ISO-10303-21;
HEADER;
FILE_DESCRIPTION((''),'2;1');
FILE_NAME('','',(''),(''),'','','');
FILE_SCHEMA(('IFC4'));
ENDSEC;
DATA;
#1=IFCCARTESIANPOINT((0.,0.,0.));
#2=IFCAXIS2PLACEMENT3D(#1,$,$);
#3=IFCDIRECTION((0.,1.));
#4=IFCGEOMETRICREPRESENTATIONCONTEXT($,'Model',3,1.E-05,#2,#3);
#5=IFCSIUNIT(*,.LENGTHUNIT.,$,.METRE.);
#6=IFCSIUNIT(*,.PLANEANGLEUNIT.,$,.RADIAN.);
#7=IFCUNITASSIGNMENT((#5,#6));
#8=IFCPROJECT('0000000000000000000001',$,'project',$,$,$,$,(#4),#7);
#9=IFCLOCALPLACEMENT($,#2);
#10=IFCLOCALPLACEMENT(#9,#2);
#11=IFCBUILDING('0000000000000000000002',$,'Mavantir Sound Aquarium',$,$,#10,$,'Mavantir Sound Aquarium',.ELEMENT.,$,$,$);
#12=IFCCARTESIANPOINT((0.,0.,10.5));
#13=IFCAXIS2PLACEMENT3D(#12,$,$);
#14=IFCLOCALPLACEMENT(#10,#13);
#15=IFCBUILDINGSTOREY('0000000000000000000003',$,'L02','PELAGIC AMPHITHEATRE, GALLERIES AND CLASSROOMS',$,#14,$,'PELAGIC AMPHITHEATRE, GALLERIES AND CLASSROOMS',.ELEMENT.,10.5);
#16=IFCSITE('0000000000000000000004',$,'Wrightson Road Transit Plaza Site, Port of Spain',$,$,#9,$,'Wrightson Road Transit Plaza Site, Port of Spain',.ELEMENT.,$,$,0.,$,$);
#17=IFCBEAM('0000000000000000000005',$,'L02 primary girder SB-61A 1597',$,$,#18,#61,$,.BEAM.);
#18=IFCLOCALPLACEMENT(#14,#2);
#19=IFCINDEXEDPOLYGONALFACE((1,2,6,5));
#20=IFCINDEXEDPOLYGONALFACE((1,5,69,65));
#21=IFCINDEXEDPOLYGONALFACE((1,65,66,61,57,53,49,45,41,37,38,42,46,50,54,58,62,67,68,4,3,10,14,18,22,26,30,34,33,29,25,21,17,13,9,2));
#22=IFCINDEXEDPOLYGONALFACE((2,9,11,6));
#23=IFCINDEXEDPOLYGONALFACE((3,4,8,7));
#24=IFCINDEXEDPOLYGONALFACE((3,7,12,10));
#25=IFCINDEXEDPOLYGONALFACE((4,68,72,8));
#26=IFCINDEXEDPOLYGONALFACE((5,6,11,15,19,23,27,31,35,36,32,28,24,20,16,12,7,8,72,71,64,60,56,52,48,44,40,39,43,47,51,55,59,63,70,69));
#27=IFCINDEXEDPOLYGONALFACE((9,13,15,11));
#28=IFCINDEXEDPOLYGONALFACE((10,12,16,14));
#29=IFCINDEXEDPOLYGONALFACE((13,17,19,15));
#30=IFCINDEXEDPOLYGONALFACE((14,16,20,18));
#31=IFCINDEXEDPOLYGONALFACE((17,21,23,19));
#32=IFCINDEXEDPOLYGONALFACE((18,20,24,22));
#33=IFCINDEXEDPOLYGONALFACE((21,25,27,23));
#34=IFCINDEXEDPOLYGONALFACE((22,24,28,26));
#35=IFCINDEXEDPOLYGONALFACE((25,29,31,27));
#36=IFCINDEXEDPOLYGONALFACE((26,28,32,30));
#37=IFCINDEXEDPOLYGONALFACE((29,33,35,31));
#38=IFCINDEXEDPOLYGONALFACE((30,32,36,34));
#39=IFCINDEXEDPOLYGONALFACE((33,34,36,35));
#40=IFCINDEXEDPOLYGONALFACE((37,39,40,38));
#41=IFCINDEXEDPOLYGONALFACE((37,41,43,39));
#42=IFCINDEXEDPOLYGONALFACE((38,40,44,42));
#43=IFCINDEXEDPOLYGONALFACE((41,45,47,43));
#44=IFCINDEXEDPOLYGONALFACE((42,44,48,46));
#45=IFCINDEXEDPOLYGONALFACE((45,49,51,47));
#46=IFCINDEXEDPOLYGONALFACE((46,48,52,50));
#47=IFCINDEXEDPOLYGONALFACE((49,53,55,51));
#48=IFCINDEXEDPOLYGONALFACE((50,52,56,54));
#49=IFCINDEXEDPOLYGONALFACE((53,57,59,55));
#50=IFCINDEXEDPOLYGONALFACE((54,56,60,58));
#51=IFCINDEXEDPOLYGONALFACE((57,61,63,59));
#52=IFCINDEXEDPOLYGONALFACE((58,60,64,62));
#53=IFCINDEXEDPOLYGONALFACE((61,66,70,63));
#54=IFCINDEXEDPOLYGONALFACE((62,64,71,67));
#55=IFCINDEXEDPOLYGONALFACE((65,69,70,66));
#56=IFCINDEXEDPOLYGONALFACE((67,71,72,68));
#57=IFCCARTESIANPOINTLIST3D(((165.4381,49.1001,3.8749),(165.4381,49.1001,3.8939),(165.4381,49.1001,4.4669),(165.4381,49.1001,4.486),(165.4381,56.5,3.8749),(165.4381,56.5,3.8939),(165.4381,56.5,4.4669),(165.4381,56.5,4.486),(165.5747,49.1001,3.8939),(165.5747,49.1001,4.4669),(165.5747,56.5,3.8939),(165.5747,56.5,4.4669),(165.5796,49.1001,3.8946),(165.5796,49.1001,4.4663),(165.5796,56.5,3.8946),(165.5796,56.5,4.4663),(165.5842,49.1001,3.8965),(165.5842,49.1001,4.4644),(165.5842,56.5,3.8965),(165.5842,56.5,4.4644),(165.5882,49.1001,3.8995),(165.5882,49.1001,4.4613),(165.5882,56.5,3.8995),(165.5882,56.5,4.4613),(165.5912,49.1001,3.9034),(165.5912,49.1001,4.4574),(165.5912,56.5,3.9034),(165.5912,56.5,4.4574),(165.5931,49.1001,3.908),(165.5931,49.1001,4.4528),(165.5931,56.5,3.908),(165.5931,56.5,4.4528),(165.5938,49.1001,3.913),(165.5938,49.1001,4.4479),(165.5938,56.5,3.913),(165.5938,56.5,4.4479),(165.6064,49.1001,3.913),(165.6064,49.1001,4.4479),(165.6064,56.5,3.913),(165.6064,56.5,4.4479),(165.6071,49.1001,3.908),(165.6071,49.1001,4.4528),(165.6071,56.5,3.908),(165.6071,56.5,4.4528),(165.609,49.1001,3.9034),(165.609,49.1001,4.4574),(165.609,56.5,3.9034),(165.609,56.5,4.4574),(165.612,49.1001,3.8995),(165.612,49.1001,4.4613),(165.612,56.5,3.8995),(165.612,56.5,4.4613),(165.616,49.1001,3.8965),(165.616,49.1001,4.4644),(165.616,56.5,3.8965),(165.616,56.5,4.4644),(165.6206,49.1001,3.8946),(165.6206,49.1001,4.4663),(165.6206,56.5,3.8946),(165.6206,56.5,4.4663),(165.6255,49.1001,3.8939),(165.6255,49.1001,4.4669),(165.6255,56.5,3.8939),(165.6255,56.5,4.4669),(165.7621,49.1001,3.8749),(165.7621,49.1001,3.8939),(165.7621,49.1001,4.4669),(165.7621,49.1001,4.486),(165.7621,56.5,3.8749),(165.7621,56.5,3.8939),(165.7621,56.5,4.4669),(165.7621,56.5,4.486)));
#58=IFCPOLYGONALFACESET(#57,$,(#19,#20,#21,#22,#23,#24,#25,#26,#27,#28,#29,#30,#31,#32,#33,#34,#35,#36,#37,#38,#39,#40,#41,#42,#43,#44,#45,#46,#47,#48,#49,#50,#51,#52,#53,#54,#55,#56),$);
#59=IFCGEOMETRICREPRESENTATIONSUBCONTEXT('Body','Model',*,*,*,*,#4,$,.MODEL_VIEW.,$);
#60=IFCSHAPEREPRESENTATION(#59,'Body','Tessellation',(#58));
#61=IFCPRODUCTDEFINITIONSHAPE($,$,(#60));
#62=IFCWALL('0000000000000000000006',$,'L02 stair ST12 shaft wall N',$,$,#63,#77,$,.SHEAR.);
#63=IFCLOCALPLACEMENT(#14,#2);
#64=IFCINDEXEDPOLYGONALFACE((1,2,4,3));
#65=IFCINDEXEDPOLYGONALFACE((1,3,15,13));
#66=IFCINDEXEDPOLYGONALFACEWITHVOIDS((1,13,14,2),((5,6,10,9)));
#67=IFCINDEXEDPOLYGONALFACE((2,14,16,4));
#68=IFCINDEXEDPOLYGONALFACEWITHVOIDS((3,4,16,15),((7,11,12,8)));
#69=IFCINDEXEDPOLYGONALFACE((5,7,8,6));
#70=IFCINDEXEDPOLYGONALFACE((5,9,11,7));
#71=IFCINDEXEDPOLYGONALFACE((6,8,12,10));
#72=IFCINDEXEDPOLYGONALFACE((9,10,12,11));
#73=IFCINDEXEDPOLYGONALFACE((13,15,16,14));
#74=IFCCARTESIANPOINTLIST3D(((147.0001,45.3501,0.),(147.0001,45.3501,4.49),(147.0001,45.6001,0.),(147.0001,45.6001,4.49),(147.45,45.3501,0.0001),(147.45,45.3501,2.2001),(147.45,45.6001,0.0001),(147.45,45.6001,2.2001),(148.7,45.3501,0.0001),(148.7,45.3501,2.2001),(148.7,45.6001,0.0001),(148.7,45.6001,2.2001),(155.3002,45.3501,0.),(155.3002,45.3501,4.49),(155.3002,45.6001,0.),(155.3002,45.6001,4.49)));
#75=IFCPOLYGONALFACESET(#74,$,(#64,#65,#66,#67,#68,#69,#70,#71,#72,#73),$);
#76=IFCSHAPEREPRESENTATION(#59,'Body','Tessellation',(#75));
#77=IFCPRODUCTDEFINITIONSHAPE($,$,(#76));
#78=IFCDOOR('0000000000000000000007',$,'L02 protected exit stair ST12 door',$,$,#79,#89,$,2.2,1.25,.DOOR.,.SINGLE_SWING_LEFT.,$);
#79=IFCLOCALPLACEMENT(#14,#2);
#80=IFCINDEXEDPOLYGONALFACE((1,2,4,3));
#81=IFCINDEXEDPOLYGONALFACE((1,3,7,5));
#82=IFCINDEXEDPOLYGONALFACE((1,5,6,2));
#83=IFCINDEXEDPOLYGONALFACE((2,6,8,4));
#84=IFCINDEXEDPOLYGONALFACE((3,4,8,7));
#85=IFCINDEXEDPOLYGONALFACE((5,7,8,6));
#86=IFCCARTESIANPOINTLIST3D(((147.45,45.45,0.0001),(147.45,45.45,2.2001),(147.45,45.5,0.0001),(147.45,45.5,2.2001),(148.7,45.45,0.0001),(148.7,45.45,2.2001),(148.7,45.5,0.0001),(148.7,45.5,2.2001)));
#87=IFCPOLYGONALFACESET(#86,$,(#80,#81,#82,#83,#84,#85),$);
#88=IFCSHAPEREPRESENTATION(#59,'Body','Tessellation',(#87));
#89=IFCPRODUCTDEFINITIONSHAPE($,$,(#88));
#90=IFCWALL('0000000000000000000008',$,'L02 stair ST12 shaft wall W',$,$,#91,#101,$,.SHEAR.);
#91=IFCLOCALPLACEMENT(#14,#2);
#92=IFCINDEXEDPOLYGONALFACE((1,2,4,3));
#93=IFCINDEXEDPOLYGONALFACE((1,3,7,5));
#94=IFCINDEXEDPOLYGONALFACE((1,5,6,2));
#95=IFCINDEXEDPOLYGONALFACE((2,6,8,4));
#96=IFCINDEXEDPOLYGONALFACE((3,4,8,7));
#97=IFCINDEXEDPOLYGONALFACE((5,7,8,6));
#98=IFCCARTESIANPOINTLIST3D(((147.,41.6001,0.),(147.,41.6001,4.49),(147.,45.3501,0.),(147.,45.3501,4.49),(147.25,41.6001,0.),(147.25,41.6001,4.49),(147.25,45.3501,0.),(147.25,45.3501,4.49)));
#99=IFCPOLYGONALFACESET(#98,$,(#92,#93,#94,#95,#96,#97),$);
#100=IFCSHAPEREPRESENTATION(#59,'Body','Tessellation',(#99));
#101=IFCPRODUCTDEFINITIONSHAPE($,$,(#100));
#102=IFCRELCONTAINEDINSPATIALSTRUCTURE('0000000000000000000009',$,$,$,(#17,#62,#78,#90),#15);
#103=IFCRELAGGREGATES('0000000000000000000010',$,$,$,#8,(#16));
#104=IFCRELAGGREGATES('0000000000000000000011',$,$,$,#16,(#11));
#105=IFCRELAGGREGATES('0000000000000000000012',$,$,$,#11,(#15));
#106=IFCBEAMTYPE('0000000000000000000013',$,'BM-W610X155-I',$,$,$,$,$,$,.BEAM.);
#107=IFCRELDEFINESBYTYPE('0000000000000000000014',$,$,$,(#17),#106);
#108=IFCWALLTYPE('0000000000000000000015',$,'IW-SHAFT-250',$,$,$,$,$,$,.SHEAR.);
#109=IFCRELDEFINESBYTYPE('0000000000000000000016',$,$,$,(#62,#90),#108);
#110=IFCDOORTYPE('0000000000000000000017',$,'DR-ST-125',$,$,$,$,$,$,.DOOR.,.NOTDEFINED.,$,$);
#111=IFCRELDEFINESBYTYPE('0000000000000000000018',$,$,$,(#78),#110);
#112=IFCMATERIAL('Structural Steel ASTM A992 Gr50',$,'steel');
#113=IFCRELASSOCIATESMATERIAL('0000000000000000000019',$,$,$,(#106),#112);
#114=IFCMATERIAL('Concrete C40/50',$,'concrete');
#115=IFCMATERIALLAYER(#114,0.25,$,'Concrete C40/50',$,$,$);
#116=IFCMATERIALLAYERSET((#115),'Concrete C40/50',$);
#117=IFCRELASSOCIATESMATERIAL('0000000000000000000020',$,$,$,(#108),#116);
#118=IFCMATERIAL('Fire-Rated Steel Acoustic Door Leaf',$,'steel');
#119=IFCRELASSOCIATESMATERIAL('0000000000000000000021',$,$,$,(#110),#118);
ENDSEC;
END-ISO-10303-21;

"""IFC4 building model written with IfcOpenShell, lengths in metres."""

from ifc_helpers import new_model, si_unit, direction, frame, frame_2d, origin, origin_2d, place, context, subcontext, project, spatial, rectangle, i_section, extrude, material, layer, layer_set, material_profile, profile_set, type_object, element, fill, save


model = new_model("IFC4")

# Units and contexts
model_context = context("Model", 3, precision=1e-05, world=origin(), true_north=direction((0.0, 1.0)))
body_context = subcontext(model_context, "Body", "Model", "MODEL_VIEW")
ifc_project = project(units=[si_unit("LENGTHUNIT", "METRE"), si_unit("PLANEANGLEUNIT", "RADIAN")], contexts=[model_context])

# Site, building, storey
site_placement = place(None, origin())
site = spatial("IfcSite", under=ifc_project, at=site_placement, Name="Wrightson Road Transit Plaza Site, Port of Spain", LongName="Wrightson Road Transit Plaza Site, Port of Spain", CompositionType="ELEMENT", RefElevation=0.0)
building_placement = place(site_placement, origin())
building = spatial("IfcBuilding", under=site, at=building_placement, Name="Mavantir Sound Aquarium", LongName="Mavantir Sound Aquarium", CompositionType="ELEMENT")
storey_placement = place(building_placement, frame((0.0, 0.0, 10.5)))
storey = spatial("IfcBuildingStorey", under=building, at=storey_placement, Name="L02", Description="PELAGIC AMPHITHEATRE, GALLERIES AND CLASSROOMS", LongName="PELAGIC AMPHITHEATRE, GALLERIES AND CLASSROOMS", CompositionType="ELEMENT", Elevation=10.5)

# Shared definitions
ifc_material_1 = material(Name="Concrete C40/50", Category="concrete")

# Beam
ifc_material_2 = material(Name="Structural Steel ASTM A992 Gr50", Category="steel")
ifc_material_profile_1 = material_profile(ifc_material_2, i_section(OverallWidth=0.324, OverallDepth=0.6111, WebThickness=0.0127, FlangeThickness=0.019, FilletRadius=0.019, at=origin_2d()), Name="W610X155")
ifc_profile_set_1 = profile_set([ifc_material_profile_1], Name="Structural Steel ASTM A992 Gr50")
beam_type_1 = type_object("IfcBeamType", Name="BM-W610X155-I", PredefinedType="BEAM", material=ifc_profile_set_1)
beam_1_placement = place(storey_placement, frame((165.6001, 49.1001, 4.1804), z_axis=(0.0, 1.0, 0.0), x_axis=(-1.0, 0.0, 0.0)))
element("IfcBeam", 1, at=beam_1_placement, inside=storey, type_object=beam_type_1, Name="L02 primary girder SB-61A 1597", PredefinedType="BEAM", context=body_context, shape_type="SweptSolid", body=[
    extrude(i_section(OverallWidth=0.324, OverallDepth=0.6111, WebThickness=0.0127, FlangeThickness=0.019, FilletRadius=0.019, at=origin_2d()), origin(), (0.0, 0.0, 1.0), 7.3999),
])

# Wall, opening, door
ifc_layer = layer(ifc_material_1, 0.25, Name="Concrete C40/50")
ifc_layer_set = layer_set([ifc_layer], Name="Concrete C40/50")
wall_type = type_object("IfcWallType", Name="IW-SHAFT-250", PredefinedType="SHEAR", material=ifc_layer_set)
wall_1_placement = place(storey_placement, frame((155.3, 45.4751, 0.0), z_axis=(0.0, 0.0, 1.0), x_axis=(-1.0, 0.0, 0.0)))
wall_1 = element("IfcWall", 2, at=wall_1_placement, inside=storey, type_object=wall_type, Name="L02 stair ST12 shaft wall N", PredefinedType="SHEAR", context=body_context, shape_type="SweptSolid", body=[
    extrude(rectangle(XDim=8.3, YDim=0.25, at=frame_2d((4.1499, 0.0))), origin(), (0.0, 0.0, 1.0), 4.49),
])
opening_placement = place(wall_1_placement, frame((7.8501, 0.0, 0.0), z_axis=(0.0, 0.0, 1.0), x_axis=(-1.0, 0.0, 0.0)))
opening = element("IfcOpeningElement", 3, at=opening_placement, cuts=wall_1, PredefinedType="OPENING", context=body_context, shape_type="SweptSolid", body=[
    extrude(rectangle(XDim=1.25, YDim=2.2, at=frame_2d((0.625, 1.1001))), frame((0.0, 0.135, 0.0), z_axis=(0.0, -1.0, 0.0), x_axis=(1.0, 0.0, 0.0)), (0.0, 0.0, 1.0), 0.27),
])
ifc_material_3 = material(Name="Fire-Rated Steel Acoustic Door Leaf", Category="steel")
door_type = type_object("IfcDoorType", Name="DR-ST-125", OperationType="NOTDEFINED", PredefinedType="DOOR", material=ifc_material_3)
door_placement = place(opening_placement, origin())
door = element("IfcDoor", 4, at=door_placement, inside=storey, type_object=door_type, Name="L02 protected exit stair ST12 door", OperationType="SINGLE_SWING_LEFT", OverallHeight=2.2, OverallWidth=1.25, PredefinedType="DOOR", context=body_context, shape_type="SweptSolid", body=[
    extrude(rectangle(XDim=1.25, YDim=2.2, at=frame_2d((0.625, 1.1001))), frame((0.0, 0.0249, 0.0), z_axis=(0.0, -1.0, 0.0), x_axis=(1.0, 0.0, 0.0)), (0.0, 0.0, 1.0), 0.05),
])
fill(opening, door)

# Wall
wall_2_placement = place(storey_placement, frame((147.125, 45.3501, 0.0), z_axis=(0.0, 0.0, 1.0), x_axis=(0.0, -1.0, 0.0)))
element("IfcWall", 5, at=wall_2_placement, inside=storey, type_object=wall_type, Name="L02 stair ST12 shaft wall W", PredefinedType="SHEAR", context=body_context, shape_type="SweptSolid", body=[
    extrude(rectangle(XDim=3.75, YDim=0.25, at=frame_2d((1.875, 0.0))), origin(), (0.0, 0.0, 1.0), 4.49),
])

save(model, "model.ifc")
